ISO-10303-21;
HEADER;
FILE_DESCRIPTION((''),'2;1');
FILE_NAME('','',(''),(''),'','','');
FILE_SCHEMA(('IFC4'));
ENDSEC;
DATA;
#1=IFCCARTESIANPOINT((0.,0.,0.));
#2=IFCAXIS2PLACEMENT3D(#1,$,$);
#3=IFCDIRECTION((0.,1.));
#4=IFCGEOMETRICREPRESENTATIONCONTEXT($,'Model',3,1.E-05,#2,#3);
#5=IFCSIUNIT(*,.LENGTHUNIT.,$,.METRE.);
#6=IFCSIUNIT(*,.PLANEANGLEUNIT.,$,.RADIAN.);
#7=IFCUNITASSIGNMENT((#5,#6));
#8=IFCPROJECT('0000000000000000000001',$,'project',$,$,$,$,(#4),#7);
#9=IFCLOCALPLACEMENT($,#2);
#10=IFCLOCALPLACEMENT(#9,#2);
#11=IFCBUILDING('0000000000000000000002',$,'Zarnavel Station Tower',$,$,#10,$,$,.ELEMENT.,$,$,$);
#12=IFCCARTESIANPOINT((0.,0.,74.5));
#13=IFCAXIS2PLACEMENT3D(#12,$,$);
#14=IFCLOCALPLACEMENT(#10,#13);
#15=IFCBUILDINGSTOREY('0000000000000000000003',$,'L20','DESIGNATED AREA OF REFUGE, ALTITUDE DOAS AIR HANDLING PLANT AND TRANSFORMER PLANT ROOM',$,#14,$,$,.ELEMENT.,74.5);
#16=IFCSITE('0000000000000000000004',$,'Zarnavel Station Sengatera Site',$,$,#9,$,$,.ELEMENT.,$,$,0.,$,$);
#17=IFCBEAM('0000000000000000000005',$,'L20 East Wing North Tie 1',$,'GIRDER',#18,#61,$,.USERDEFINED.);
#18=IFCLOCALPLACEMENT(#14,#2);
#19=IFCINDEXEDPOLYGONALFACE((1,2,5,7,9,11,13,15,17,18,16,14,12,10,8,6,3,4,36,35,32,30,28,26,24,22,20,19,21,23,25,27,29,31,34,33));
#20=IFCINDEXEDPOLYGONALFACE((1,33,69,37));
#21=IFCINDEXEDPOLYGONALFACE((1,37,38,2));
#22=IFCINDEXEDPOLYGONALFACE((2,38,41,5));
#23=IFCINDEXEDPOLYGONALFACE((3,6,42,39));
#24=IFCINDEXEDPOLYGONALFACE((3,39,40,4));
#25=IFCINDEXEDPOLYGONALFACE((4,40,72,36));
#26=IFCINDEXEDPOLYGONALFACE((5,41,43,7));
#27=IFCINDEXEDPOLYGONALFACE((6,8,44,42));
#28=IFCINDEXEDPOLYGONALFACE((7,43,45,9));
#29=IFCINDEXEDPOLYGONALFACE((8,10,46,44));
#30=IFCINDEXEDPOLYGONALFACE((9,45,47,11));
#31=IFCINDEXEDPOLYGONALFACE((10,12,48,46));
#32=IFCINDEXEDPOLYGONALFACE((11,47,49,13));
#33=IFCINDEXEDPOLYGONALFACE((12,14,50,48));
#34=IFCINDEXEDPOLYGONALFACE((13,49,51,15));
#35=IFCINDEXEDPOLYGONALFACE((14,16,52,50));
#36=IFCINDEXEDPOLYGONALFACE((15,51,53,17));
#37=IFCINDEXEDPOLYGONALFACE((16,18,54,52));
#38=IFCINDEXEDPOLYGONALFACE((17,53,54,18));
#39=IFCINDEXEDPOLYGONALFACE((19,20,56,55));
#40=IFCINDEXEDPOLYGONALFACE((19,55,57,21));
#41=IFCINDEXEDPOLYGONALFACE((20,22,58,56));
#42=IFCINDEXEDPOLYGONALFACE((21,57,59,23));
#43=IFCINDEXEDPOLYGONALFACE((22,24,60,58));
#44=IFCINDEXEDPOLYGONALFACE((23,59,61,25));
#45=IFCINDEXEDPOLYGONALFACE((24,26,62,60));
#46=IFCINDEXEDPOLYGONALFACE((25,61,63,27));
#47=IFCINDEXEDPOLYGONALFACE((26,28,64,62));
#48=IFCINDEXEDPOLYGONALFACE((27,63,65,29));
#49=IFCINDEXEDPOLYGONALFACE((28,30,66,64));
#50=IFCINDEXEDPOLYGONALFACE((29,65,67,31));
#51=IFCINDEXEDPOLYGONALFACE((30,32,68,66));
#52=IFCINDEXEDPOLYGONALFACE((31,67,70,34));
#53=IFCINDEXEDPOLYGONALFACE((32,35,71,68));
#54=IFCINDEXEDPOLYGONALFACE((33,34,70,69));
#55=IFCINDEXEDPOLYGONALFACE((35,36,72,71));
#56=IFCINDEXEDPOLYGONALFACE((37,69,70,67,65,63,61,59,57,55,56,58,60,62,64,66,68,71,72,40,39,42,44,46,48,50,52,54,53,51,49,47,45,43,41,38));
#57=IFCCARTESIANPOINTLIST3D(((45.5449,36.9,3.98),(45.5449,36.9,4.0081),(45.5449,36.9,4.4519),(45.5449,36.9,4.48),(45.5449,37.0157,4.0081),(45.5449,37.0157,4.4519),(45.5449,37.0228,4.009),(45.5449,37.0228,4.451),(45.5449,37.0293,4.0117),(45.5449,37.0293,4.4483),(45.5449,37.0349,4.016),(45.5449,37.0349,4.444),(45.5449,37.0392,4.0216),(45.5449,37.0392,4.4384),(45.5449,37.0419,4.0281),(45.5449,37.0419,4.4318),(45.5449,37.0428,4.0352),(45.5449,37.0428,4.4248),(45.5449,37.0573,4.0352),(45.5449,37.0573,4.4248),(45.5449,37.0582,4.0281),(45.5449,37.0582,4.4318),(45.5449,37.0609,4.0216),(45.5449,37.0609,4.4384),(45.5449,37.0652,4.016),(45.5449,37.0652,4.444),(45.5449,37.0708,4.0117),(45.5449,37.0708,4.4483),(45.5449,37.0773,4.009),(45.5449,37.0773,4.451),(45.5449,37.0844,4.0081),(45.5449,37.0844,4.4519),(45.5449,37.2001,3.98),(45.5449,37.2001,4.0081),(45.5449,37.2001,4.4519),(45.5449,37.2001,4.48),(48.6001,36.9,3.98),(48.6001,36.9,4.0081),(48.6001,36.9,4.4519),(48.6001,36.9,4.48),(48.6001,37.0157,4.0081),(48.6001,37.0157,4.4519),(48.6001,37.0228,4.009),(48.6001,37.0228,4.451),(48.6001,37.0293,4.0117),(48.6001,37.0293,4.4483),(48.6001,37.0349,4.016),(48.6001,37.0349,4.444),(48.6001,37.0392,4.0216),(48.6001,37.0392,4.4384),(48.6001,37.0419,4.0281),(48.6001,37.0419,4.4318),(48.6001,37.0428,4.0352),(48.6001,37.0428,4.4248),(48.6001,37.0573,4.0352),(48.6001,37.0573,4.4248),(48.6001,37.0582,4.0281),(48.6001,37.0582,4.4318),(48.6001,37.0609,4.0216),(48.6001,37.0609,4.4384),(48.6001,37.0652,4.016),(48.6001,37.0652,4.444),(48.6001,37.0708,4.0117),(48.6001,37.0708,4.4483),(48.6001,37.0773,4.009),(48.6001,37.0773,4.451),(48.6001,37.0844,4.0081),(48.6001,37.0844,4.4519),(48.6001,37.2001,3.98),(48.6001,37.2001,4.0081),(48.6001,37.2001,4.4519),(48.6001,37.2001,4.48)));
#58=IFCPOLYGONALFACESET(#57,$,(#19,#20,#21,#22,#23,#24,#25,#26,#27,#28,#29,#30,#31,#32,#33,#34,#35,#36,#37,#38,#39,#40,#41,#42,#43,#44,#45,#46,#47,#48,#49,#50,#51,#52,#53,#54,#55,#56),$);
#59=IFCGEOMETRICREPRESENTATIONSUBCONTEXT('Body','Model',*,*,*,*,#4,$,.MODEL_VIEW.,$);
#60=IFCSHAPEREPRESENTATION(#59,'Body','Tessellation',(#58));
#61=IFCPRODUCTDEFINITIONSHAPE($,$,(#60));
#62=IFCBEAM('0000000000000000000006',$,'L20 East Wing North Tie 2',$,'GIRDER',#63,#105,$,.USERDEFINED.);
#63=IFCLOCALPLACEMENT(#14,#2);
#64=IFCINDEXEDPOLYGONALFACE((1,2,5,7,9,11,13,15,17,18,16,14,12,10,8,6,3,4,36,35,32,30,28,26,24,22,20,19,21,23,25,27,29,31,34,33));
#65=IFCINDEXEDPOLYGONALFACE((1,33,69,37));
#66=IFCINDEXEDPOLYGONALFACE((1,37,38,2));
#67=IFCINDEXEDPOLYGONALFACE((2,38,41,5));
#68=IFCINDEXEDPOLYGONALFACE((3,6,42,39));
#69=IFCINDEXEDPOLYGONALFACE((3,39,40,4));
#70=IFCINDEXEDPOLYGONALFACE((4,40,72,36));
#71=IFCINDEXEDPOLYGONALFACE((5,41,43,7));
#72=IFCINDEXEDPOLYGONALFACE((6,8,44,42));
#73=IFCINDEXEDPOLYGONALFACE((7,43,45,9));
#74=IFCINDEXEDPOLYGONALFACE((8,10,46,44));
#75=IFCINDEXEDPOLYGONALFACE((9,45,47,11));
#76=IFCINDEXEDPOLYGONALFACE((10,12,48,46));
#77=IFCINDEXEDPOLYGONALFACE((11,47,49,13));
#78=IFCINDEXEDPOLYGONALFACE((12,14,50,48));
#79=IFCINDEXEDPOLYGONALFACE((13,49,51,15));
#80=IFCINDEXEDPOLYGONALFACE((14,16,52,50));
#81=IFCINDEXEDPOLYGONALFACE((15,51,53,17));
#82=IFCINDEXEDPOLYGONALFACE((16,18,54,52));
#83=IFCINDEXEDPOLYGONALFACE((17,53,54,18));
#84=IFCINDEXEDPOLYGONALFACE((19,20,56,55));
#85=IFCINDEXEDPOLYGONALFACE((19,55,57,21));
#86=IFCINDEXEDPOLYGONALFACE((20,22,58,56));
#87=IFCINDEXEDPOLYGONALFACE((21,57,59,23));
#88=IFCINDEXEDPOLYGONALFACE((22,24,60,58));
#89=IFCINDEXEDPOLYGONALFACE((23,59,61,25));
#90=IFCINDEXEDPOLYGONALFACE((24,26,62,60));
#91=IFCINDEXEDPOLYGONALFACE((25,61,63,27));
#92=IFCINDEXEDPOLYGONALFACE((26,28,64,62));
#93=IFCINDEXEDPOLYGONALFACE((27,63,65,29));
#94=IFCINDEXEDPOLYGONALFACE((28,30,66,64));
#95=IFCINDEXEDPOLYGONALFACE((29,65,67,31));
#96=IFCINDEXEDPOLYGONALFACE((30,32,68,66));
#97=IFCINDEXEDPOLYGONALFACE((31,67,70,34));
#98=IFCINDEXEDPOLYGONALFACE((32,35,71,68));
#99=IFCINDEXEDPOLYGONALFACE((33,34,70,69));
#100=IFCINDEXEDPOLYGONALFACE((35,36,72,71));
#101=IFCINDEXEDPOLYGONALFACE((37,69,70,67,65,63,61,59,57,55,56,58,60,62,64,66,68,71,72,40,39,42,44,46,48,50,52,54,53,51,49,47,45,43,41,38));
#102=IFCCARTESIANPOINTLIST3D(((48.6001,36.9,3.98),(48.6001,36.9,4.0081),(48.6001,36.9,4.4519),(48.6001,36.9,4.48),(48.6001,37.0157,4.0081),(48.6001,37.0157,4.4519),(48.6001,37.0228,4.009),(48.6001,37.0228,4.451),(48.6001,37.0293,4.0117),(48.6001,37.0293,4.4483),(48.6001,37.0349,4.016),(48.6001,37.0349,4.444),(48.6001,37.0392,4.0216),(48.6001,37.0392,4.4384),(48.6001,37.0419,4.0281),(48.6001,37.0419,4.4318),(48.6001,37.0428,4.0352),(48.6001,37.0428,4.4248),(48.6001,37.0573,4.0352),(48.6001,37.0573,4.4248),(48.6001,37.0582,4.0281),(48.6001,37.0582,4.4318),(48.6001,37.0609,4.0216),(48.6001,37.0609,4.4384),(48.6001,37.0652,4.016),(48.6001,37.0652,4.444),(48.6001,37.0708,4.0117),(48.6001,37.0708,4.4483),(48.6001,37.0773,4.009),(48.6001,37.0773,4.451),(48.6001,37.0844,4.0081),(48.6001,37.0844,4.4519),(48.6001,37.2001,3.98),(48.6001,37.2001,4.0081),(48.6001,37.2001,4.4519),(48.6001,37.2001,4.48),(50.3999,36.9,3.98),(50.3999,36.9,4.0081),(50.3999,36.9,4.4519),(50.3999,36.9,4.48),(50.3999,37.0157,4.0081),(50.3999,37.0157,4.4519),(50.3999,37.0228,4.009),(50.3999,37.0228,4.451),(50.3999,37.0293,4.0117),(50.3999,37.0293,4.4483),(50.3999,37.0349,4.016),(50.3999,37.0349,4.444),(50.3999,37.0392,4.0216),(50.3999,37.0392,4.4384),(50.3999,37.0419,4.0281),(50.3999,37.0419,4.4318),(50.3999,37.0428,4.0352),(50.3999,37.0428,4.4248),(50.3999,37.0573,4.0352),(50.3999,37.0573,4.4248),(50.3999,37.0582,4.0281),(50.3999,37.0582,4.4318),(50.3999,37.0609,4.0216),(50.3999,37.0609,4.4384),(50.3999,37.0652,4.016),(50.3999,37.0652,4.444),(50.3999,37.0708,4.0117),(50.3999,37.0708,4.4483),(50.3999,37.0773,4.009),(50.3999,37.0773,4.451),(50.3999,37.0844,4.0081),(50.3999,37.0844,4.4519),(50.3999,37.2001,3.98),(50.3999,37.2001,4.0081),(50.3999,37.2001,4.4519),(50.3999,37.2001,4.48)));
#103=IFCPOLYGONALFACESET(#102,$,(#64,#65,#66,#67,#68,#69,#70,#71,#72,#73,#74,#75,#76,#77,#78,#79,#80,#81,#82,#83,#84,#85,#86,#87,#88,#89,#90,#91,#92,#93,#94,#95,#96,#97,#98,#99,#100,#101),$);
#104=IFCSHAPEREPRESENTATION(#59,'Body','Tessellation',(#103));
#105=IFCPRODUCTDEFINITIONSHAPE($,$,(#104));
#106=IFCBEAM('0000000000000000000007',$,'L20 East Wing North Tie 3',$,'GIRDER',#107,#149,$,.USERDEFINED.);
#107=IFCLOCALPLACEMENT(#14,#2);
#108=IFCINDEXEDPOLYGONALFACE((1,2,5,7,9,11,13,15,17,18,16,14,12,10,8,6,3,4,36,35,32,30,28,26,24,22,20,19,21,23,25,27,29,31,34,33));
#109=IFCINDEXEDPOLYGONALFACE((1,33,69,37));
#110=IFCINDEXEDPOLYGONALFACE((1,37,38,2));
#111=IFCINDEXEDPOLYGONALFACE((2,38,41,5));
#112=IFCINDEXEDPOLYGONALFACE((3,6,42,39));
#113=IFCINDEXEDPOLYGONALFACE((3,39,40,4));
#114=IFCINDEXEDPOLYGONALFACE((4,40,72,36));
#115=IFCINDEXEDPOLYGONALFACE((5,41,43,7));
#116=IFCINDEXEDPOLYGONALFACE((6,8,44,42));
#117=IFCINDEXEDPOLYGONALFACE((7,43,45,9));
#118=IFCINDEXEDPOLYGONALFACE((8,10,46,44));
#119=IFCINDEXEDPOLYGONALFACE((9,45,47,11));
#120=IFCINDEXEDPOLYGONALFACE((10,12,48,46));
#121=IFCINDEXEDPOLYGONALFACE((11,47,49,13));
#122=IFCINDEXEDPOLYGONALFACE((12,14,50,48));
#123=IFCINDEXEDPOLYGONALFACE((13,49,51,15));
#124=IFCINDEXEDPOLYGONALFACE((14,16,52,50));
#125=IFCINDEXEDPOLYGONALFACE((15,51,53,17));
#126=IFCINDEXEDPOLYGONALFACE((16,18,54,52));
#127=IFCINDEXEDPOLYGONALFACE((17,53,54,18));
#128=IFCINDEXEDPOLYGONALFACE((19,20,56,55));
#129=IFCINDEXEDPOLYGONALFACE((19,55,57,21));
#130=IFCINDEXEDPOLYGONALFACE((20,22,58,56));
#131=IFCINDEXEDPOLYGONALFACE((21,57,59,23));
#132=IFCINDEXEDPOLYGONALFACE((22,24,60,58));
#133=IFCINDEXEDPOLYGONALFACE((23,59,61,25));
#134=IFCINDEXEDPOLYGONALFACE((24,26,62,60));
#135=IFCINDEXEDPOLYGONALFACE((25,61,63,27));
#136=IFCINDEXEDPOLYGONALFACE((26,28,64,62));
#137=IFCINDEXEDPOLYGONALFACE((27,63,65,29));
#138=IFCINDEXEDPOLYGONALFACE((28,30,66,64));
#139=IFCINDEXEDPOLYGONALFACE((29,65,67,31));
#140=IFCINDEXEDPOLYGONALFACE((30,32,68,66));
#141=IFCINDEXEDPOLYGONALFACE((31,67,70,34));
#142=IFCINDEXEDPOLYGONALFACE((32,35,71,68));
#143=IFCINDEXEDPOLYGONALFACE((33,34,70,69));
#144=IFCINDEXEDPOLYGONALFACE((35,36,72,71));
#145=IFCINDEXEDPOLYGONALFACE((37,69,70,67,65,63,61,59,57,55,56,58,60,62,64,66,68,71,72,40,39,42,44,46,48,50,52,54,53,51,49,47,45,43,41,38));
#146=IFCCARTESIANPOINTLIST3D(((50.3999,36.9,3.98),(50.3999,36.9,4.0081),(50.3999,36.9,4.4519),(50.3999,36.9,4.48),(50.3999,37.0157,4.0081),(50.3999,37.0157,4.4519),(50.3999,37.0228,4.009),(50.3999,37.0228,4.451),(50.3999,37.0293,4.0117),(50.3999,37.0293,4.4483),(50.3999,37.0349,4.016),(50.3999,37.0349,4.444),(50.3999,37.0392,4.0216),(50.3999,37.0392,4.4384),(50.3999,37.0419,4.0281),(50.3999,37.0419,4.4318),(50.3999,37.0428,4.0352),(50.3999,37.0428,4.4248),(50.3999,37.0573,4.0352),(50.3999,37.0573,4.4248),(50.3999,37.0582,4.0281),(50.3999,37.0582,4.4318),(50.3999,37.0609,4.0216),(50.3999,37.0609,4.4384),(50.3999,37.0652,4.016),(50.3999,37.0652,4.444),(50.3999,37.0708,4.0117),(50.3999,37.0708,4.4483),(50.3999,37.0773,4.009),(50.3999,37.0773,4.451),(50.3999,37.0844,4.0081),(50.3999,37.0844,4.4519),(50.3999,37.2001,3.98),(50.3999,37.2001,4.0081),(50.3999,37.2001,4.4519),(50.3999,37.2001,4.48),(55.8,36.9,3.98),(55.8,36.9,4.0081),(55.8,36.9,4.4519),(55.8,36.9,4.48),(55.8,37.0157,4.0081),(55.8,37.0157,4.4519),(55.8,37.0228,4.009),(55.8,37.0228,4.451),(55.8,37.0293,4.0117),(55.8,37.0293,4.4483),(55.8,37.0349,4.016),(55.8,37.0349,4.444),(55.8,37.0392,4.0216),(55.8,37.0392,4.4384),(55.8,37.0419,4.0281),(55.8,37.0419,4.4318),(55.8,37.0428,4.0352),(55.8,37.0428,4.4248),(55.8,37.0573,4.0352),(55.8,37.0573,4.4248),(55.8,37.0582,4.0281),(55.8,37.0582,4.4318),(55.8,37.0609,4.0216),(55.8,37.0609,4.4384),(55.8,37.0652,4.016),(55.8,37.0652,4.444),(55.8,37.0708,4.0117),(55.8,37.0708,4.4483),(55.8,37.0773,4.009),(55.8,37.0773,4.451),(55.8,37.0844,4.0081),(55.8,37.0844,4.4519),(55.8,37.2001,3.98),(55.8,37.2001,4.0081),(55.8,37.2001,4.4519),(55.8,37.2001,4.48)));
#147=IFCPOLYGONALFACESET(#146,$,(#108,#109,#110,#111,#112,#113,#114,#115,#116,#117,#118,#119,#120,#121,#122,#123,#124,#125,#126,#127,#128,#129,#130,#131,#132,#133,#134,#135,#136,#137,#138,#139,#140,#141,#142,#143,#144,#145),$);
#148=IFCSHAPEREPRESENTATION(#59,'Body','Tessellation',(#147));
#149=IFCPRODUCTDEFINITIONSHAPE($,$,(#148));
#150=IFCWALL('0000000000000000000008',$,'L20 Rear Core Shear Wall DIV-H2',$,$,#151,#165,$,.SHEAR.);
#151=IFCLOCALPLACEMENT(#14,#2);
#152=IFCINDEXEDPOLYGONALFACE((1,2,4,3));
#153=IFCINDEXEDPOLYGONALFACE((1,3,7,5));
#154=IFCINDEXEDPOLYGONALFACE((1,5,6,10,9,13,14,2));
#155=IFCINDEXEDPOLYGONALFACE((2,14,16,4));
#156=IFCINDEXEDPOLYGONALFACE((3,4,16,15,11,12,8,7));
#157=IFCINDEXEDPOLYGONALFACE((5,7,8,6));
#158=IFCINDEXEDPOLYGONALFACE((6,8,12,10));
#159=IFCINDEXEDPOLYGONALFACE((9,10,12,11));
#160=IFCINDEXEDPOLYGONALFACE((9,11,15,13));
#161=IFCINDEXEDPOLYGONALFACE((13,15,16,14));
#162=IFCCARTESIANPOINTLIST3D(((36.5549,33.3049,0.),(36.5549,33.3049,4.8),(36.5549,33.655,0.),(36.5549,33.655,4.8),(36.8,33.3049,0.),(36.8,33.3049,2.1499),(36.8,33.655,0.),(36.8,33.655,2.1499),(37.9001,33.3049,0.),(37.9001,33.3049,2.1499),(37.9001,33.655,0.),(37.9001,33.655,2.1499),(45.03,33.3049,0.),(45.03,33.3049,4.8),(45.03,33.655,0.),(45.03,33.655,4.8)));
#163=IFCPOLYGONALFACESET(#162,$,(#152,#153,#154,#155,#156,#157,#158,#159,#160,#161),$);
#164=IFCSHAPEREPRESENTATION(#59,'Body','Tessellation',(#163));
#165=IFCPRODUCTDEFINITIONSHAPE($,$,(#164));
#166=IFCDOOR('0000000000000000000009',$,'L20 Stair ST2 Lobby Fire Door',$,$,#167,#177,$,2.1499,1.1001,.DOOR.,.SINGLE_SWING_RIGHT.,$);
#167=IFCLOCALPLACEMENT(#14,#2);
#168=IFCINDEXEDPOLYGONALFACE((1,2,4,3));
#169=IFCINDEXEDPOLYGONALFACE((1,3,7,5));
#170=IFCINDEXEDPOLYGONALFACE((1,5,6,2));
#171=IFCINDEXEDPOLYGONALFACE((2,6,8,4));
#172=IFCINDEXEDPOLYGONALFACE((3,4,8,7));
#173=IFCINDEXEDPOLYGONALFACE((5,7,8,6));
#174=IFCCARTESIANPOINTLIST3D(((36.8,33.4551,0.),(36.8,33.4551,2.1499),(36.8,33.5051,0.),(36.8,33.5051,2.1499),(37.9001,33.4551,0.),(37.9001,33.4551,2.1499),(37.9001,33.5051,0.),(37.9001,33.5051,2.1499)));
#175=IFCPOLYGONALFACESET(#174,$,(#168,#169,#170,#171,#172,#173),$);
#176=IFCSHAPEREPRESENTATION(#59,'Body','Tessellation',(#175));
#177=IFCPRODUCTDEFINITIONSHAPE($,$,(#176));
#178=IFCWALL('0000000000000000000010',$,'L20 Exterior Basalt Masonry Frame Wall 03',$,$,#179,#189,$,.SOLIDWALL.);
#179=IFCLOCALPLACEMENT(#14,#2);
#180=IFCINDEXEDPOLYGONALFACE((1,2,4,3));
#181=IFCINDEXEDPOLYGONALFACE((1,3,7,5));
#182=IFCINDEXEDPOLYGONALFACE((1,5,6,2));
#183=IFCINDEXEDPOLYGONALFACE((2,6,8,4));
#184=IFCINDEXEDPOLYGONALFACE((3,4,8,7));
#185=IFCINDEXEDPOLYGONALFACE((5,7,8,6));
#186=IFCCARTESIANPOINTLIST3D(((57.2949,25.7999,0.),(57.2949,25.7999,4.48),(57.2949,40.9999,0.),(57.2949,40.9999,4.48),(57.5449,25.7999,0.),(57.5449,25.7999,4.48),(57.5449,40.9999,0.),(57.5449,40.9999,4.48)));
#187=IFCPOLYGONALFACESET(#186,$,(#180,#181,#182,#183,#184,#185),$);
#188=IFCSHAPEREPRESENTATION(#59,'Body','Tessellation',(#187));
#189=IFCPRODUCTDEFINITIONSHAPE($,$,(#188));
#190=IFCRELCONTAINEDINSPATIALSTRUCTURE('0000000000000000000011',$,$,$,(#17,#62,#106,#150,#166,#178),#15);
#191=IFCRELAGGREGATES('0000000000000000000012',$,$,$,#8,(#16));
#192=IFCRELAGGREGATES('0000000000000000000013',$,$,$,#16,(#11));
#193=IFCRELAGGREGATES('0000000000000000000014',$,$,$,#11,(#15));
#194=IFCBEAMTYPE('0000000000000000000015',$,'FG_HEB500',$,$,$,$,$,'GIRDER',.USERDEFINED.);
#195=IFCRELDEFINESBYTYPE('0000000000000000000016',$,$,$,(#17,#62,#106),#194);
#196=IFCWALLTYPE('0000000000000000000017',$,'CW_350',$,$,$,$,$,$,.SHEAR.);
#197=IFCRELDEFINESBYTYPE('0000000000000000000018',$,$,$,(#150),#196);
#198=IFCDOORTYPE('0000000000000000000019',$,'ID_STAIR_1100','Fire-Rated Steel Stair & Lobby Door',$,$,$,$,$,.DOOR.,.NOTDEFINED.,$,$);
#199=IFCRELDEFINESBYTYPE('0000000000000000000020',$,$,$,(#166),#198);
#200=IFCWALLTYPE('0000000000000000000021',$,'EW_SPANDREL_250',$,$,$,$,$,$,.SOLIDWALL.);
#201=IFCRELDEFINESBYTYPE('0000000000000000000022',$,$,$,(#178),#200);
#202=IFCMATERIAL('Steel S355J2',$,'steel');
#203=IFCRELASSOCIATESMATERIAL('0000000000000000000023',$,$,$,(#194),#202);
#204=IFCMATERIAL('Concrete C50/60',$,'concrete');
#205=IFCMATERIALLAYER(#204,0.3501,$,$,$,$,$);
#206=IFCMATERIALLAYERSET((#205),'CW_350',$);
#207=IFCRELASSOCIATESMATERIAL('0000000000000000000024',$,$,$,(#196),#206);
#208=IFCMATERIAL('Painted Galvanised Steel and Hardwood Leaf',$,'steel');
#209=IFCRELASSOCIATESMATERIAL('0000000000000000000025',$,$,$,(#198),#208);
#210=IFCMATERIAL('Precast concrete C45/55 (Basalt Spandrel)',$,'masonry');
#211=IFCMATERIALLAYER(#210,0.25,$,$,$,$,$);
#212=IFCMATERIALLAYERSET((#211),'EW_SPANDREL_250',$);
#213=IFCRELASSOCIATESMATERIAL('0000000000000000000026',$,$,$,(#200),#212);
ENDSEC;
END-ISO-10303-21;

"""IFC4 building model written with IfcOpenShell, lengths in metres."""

from ifc_helpers import new_model, si_unit, direction, frame, frame_2d, origin, origin_2d, place, context, subcontext, project, spatial, rectangle, i_section, extrude, material, layer, layer_set, material_profile, profile_set, type_object, element, fill, save


model = new_model("IFC4")

# Units and contexts
model_context = context("Model", 3, precision=1e-05, world=origin(), true_north=direction((0.0, 1.0)))
body_context = subcontext(model_context, "Body", "Model", "MODEL_VIEW")
ifc_project = project(units=[si_unit("LENGTHUNIT", "METRE"), si_unit("PLANEANGLEUNIT", "RADIAN")], contexts=[model_context])

# Site, building, storey
site_placement = place(None, origin())
site = spatial("IfcSite", under=ifc_project, at=site_placement, Name="Zarnavel Station Sengatera Site", CompositionType="ELEMENT", RefElevation=0.0)
building_placement = place(site_placement, origin())
building = spatial("IfcBuilding", under=site, at=building_placement, Name="Zarnavel Station Tower", CompositionType="ELEMENT")
storey_placement = place(building_placement, frame((0.0, 0.0, 74.5)))
storey = spatial("IfcBuildingStorey", under=building, at=storey_placement, Name="L20", Description="DESIGNATED AREA OF REFUGE, ALTITUDE DOAS AIR HANDLING PLANT AND TRANSFORMER PLANT ROOM", CompositionType="ELEMENT", Elevation=74.5)

# Beams
ifc_material_1 = material(Name="Steel S355J2", Category="steel")
ifc_material_profile_1 = material_profile(ifc_material_1, i_section(OverallWidth=0.3, OverallDepth=0.5, WebThickness=0.0144, FlangeThickness=0.0281, FilletRadius=0.0271, at=origin_2d()), Name="HEB500")
ifc_profile_set_1 = profile_set([ifc_material_profile_1], Name="Steel S355J2")
beam_type = type_object("IfcBeamType", Name="FG_HEB500", ElementType="GIRDER", PredefinedType="USERDEFINED", material=ifc_profile_set_1)
beam_1_placement = place(storey_placement, frame((45.5449, 37.05, 4.23), z_axis=(1.0, 0.0, 0.0), x_axis=(0.0, 1.0, 0.0)))
element("IfcBeam", 1, at=beam_1_placement, inside=storey, type_object=beam_type, Name="L20 East Wing North Tie 1", ObjectType="GIRDER", PredefinedType="USERDEFINED", context=body_context, shape_type="SweptSolid", body=[
    extrude(i_section(OverallWidth=0.3, OverallDepth=0.5, WebThickness=0.0144, FlangeThickness=0.0281, FilletRadius=0.0271, at=origin_2d()), origin(), (0.0, 0.0, 1.0), 3.0552),
])
beam_2_placement = place(storey_placement, frame((48.6001, 37.05, 4.23), z_axis=(1.0, 0.0, 0.0), x_axis=(0.0, 1.0, 0.0)))
element("IfcBeam", 2, at=beam_2_placement, inside=storey, type_object=beam_type, Name="L20 East Wing North Tie 2", ObjectType="GIRDER", PredefinedType="USERDEFINED", context=body_context, shape_type="SweptSolid", body=[
    extrude(i_section(OverallWidth=0.3, OverallDepth=0.5, WebThickness=0.0144, FlangeThickness=0.0281, FilletRadius=0.0271, at=origin_2d()), origin(), (0.0, 0.0, 1.0), 1.7998),
])
beam_3_placement = place(storey_placement, frame((50.3999, 37.05, 4.23), z_axis=(1.0, 0.0, 0.0), x_axis=(0.0, 1.0, 0.0)))
element("IfcBeam", 3, at=beam_3_placement, inside=storey, type_object=beam_type, Name="L20 East Wing North Tie 3", ObjectType="GIRDER", PredefinedType="USERDEFINED", context=body_context, shape_type="SweptSolid", body=[
    extrude(i_section(OverallWidth=0.3, OverallDepth=0.5, WebThickness=0.0144, FlangeThickness=0.0281, FilletRadius=0.0271, at=origin_2d()), origin(), (0.0, 0.0, 1.0), 5.4001),
])

# Wall, opening, door
ifc_material_2 = material(Name="Concrete C50/60", Category="concrete")
ifc_layer_1 = layer(ifc_material_2, 0.3501)
ifc_layer_set_1 = layer_set([ifc_layer_1], Name="CW_350")
wall_type_1 = type_object("IfcWallType", Name="CW_350", PredefinedType="SHEAR", material=ifc_layer_set_1)
wall_1_placement = place(storey_placement, frame((45.03, 33.48, 0.0), z_axis=(0.0, 0.0, 1.0), x_axis=(-1.0, 0.0, 0.0)))
wall_1 = element("IfcWall", 4, at=wall_1_placement, inside=storey, type_object=wall_type_1, Name="L20 Rear Core Shear Wall DIV-H2", PredefinedType="SHEAR", context=body_context, shape_type="SweptSolid", body=[
    extrude(rectangle(XDim=8.4751, YDim=0.3501, at=frame_2d((4.2375, 0.0))), origin(), (0.0, 0.0, 1.0), 4.8),
])
opening_placement = place(wall_1_placement, frame((7.1299, 0.0, 0.0)))
opening = element("IfcOpeningElement", 5, at=opening_placement, cuts=wall_1, PredefinedType="OPENING", context=body_context, shape_type="SweptSolid", body=[
    extrude(rectangle(XDim=1.1001, YDim=2.1499, at=frame_2d((0.55, 1.075))), frame((0.0, 0.1851, 0.0), z_axis=(0.0, -1.0, 0.0), x_axis=(1.0, 0.0, 0.0)), (0.0, 0.0, 1.0), 0.3701),
])
ifc_material_3 = material(Name="Painted Galvanised Steel and Hardwood Leaf", Category="steel")
door_type = type_object("IfcDoorType", Name="ID_STAIR_1100", Description="Fire-Rated Steel Stair & Lobby Door", OperationType="NOTDEFINED", PredefinedType="DOOR", material=ifc_material_3)
door_placement = place(opening_placement, origin())
door = element("IfcDoor", 6, at=door_placement, inside=storey, type_object=door_type, Name="L20 Stair ST2 Lobby Fire Door", OperationType="SINGLE_SWING_RIGHT", OverallHeight=2.1499, OverallWidth=1.1001, PredefinedType="DOOR", context=body_context, shape_type="SweptSolid", body=[
    extrude(rectangle(XDim=1.1001, YDim=2.1499, at=frame_2d((0.55, 1.075))), frame((0.0, 0.0249, 0.0), z_axis=(0.0, -1.0, 0.0), x_axis=(1.0, 0.0, 0.0)), (0.0, 0.0, 1.0), 0.05),
])
fill(opening, door)

# Wall
ifc_material_4 = material(Name="Precast concrete C45/55 (Basalt Spandrel)", Category="masonry")
ifc_layer_2 = layer(ifc_material_4, 0.25)
ifc_layer_set_2 = layer_set([ifc_layer_2], Name="EW_SPANDREL_250")
wall_type_2 = type_object("IfcWallType", Name="EW_SPANDREL_250", PredefinedType="SOLIDWALL", material=ifc_layer_set_2)
wall_2_placement = place(storey_placement, frame((57.4199, 41.0, 0.0), z_axis=(0.0, 0.0, 1.0), x_axis=(0.0, -1.0, 0.0)))
element("IfcWall", 7, at=wall_2_placement, inside=storey, type_object=wall_type_2, Name="L20 Exterior Basalt Masonry Frame Wall 03", PredefinedType="SOLIDWALL", context=body_context, shape_type="SweptSolid", body=[
    extrude(rectangle(XDim=15.2, YDim=0.25, at=frame_2d((7.6001, 0.0))), origin(), (0.0, 0.0, 1.0), 4.48),
])

save(model, "model.ifc")
